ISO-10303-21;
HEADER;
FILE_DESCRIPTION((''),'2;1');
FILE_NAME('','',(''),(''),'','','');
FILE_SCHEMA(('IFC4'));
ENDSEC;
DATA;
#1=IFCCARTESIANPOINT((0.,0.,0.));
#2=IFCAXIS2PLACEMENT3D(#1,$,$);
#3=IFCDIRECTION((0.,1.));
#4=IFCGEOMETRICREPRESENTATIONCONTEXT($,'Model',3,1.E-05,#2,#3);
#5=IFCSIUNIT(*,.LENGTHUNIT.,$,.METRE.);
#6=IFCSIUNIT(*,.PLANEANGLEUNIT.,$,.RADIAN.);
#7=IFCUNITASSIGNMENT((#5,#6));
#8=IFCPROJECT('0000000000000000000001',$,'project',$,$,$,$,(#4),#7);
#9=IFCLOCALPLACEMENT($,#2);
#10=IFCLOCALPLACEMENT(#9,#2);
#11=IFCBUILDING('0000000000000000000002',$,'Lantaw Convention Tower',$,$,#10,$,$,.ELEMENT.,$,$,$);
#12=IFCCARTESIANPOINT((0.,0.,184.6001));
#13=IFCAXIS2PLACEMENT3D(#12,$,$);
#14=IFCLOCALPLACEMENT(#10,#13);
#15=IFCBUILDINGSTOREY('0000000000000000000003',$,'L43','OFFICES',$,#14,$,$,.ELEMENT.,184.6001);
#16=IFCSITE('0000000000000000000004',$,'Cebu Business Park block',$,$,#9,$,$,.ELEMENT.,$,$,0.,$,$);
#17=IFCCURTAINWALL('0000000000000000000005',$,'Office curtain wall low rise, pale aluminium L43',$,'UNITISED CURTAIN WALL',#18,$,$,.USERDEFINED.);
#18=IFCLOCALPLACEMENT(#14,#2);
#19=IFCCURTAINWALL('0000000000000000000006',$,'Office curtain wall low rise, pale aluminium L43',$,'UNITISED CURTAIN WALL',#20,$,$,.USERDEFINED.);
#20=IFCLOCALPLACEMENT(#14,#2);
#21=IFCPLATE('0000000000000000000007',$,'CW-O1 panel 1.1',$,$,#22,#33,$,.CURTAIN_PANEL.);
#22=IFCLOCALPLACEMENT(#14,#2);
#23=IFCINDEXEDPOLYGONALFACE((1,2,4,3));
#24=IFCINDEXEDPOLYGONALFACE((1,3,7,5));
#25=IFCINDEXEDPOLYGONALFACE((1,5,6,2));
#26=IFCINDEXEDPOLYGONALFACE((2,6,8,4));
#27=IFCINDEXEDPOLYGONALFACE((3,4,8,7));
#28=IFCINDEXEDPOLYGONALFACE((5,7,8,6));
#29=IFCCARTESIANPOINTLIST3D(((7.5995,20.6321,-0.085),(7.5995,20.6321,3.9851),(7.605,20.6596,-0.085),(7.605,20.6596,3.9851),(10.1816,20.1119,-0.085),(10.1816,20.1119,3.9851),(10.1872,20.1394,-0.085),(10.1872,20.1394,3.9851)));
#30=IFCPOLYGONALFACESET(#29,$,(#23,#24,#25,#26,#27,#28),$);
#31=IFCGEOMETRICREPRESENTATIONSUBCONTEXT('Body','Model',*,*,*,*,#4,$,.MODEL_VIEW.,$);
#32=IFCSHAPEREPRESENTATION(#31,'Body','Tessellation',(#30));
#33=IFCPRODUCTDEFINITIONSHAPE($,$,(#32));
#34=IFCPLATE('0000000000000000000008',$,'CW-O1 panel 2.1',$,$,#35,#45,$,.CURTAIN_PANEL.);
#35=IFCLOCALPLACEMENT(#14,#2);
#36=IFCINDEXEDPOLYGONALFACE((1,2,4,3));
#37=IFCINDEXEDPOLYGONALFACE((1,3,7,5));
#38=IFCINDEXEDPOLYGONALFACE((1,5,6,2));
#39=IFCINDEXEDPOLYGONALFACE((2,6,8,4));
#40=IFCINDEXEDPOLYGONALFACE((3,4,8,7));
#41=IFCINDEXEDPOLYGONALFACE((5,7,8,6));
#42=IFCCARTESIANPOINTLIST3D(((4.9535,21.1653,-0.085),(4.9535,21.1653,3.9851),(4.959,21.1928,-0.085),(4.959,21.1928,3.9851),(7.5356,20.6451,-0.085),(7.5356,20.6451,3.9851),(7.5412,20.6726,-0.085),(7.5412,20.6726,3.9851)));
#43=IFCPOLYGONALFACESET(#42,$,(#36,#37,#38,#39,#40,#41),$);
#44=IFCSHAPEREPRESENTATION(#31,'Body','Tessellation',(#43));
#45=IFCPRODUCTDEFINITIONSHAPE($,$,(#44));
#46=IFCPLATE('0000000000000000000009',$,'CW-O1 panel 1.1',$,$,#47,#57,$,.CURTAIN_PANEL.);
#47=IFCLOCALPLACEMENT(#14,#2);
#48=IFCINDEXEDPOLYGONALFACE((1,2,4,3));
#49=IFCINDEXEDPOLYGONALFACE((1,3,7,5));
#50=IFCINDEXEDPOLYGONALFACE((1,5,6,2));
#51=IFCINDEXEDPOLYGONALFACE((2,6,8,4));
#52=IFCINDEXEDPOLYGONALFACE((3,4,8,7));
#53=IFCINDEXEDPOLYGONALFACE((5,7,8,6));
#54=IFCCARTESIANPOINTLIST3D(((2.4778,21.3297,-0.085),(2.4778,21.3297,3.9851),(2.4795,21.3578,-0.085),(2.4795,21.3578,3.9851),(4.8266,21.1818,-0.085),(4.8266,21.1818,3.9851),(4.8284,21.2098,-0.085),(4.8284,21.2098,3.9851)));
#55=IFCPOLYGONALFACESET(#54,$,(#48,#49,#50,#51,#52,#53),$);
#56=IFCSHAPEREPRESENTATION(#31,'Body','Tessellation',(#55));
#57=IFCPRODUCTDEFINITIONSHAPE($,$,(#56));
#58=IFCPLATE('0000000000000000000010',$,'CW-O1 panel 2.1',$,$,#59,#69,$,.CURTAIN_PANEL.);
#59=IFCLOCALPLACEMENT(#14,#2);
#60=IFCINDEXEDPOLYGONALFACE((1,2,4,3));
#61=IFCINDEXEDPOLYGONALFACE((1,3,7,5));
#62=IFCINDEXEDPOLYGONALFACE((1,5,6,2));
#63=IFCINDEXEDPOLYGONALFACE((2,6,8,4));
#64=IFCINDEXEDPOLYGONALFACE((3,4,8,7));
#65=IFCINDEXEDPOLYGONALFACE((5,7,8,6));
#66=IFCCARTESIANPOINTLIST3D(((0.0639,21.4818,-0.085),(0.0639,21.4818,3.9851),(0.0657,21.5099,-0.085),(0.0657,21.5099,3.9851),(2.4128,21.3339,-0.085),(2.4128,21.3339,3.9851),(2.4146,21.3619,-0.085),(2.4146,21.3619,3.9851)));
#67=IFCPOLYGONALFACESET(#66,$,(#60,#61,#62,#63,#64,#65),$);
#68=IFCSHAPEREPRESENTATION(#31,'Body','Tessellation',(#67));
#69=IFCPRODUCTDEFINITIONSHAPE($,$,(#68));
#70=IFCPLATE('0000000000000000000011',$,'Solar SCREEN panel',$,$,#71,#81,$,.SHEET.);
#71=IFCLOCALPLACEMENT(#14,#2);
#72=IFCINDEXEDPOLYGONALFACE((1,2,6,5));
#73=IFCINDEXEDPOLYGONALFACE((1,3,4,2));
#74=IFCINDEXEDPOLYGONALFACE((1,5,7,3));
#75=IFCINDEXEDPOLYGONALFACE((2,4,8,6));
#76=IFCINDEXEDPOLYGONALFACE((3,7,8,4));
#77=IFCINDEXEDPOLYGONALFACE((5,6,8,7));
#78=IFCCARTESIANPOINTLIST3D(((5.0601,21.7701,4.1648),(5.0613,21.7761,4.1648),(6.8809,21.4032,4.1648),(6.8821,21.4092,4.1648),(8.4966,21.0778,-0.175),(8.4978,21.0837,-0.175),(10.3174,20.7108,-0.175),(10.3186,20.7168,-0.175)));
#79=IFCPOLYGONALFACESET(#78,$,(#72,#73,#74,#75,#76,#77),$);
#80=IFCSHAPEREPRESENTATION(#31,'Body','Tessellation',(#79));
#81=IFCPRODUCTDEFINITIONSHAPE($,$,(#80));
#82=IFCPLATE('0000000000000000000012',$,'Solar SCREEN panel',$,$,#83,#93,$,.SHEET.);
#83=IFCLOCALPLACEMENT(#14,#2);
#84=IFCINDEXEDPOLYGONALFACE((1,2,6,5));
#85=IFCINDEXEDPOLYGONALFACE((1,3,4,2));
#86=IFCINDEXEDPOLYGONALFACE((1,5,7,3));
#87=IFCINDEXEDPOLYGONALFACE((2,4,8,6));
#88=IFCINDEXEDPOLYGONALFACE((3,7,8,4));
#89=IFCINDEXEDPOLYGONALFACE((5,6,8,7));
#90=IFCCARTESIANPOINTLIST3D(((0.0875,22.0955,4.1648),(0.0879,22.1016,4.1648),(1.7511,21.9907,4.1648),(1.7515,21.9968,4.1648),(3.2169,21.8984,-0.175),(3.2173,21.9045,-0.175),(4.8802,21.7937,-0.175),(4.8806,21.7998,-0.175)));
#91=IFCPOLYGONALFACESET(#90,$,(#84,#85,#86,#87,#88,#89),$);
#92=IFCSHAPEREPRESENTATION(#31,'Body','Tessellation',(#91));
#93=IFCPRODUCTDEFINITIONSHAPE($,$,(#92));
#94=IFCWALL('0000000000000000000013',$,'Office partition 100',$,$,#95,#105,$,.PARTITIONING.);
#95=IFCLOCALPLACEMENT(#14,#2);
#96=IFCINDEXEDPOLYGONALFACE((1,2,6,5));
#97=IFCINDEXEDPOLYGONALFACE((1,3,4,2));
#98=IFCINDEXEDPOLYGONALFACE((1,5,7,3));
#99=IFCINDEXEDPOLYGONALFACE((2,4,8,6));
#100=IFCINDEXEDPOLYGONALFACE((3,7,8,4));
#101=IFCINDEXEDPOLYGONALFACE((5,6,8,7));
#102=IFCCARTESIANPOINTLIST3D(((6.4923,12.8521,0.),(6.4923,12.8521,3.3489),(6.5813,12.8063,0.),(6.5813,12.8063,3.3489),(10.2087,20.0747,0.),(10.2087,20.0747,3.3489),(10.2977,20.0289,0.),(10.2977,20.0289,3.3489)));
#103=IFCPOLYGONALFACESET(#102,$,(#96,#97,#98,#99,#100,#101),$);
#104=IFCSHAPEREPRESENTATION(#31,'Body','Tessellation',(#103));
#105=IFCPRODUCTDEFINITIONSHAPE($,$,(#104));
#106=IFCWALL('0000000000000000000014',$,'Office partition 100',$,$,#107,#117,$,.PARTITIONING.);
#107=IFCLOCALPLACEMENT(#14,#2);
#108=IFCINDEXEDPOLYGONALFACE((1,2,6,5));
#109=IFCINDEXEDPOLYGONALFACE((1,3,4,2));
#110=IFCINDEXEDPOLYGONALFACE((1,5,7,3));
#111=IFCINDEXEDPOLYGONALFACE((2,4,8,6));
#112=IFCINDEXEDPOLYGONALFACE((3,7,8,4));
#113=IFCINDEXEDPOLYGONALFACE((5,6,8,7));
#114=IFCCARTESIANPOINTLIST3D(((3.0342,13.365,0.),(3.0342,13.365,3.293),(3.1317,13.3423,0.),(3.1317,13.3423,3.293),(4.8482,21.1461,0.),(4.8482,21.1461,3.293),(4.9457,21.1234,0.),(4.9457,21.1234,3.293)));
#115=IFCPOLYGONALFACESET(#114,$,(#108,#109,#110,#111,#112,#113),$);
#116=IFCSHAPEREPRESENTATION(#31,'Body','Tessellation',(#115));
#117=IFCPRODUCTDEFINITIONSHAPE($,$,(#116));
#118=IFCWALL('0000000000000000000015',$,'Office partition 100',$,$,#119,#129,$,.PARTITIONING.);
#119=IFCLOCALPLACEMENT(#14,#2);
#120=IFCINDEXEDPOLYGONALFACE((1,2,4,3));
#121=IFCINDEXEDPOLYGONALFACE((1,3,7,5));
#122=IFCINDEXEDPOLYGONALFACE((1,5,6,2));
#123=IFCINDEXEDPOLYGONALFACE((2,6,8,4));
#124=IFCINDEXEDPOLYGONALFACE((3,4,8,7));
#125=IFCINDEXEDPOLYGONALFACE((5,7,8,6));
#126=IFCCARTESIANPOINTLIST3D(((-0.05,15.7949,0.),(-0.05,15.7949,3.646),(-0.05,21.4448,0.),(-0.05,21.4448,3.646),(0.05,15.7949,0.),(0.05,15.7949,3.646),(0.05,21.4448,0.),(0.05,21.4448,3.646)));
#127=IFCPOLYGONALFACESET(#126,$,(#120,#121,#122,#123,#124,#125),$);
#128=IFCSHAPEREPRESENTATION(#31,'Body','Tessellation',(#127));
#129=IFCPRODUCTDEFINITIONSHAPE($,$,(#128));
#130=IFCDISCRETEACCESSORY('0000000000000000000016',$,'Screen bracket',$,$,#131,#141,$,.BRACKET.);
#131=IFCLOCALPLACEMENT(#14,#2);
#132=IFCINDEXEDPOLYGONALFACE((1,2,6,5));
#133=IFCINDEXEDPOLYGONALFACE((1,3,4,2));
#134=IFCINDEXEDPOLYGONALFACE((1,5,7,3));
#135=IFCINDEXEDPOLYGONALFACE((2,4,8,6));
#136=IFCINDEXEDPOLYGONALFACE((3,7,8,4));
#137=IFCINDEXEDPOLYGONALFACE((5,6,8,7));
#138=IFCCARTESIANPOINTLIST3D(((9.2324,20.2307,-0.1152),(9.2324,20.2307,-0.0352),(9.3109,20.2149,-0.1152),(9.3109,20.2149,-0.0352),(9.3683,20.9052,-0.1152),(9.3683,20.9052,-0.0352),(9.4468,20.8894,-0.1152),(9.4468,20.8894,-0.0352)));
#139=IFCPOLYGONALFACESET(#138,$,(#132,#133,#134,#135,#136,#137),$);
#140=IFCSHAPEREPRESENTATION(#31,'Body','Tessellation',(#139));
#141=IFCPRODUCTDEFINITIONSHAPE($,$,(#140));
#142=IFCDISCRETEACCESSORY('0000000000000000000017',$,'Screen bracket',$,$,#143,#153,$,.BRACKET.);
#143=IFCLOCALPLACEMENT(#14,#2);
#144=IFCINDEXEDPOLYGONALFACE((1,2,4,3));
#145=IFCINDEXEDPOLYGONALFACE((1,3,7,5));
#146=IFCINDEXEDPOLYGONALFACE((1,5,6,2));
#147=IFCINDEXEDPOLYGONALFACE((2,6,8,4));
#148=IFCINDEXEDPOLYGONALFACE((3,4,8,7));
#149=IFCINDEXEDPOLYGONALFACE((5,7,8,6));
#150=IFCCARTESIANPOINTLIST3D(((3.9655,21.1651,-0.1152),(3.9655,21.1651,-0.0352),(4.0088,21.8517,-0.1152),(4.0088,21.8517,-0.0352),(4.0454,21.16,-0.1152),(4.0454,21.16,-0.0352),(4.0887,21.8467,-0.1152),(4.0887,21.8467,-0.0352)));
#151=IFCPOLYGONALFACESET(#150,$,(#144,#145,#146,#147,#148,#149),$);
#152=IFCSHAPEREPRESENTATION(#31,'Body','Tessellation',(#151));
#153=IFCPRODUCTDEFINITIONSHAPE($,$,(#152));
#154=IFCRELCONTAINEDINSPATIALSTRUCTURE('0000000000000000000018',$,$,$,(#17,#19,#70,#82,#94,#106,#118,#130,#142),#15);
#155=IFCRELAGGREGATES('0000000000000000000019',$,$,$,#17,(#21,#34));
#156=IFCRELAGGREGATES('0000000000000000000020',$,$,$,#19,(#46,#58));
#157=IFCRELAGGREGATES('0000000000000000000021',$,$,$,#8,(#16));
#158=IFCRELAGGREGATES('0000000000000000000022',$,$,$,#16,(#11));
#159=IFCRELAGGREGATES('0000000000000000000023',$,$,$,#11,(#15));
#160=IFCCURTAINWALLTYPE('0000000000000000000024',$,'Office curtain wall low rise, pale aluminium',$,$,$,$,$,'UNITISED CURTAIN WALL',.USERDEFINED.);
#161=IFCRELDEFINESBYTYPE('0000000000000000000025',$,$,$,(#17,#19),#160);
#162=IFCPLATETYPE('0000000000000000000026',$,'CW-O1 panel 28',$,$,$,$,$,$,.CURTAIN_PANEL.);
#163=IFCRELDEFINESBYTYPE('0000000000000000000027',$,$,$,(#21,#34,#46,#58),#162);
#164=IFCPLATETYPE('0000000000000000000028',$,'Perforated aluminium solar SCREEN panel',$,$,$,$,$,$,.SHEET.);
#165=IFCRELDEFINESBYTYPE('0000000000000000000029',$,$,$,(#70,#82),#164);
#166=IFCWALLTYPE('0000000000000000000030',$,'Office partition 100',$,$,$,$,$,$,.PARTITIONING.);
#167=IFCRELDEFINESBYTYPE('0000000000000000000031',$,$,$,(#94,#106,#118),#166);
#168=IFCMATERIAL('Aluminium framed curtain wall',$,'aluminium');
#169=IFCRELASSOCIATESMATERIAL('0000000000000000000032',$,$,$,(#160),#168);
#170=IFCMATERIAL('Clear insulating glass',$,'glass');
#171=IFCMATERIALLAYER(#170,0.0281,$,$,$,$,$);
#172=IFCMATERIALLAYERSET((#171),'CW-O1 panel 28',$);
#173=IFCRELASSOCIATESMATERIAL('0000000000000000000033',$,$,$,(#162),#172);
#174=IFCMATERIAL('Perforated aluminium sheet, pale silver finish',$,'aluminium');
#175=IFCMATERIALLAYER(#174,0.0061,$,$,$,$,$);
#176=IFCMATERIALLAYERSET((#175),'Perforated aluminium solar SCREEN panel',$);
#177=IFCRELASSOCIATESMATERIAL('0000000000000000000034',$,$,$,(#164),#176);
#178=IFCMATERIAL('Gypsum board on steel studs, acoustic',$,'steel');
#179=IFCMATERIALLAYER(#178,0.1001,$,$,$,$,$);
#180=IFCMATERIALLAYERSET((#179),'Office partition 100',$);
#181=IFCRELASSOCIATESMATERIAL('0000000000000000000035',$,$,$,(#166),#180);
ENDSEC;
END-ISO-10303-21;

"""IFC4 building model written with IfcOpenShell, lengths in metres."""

from ifc_helpers import new_model, si_unit, direction, frame, frame_2d, origin, origin_2d, place, context, subcontext, project, spatial, polyline, rectangle, outline, extrude, material, layer, layer_set, type_object, element, aggregate, save


model = new_model("IFC4")

# Units and contexts
model_context = context("Model", 3, precision=1e-05, world=origin(), true_north=direction((0.0, 1.0)))
body_context = subcontext(model_context, "Body", "Model", "MODEL_VIEW")
ifc_project = project(units=[si_unit("LENGTHUNIT", "METRE"), si_unit("PLANEANGLEUNIT", "RADIAN")], contexts=[model_context])

# Site, building, storey
site_placement = place(None, origin())
site = spatial("IfcSite", under=ifc_project, at=site_placement, Name="Cebu Business Park block", CompositionType="ELEMENT", RefElevation=0.0)
building_placement = place(site_placement, origin())
building = spatial("IfcBuilding", under=site, at=building_placement, Name="Lantaw Convention Tower", CompositionType="ELEMENT")
storey_placement = place(building_placement, frame((0.0, 0.0, 184.6001)))
storey = spatial("IfcBuildingStorey", under=building, at=storey_placement, Name="L43", Description="OFFICES", CompositionType="ELEMENT", Elevation=184.6001)

# Shared definitions
ifc_material_1 = material(Name="Aluminium framed curtain wall", Category="aluminium")
curtain_wall_type = type_object("IfcCurtainWallType", Name="Office curtain wall low rise, pale aluminium", ElementType="UNITISED CURTAIN WALL", PredefinedType="USERDEFINED", material=ifc_material_1)

# Curtain walls
curtain_wall_1_placement = place(storey_placement, origin())
curtain_wall_1 = element("IfcCurtainWall", 1, at=curtain_wall_1_placement, inside=storey, type_object=curtain_wall_type, Name="Office curtain wall low rise, pale aluminium L43", ObjectType="UNITISED CURTAIN WALL", PredefinedType="USERDEFINED")
curtain_wall_2_placement = place(storey_placement, origin())
curtain_wall_2 = element("IfcCurtainWall", 2, at=curtain_wall_2_placement, inside=storey, type_object=curtain_wall_type, Name="Office curtain wall low rise, pale aluminium L43", ObjectType="UNITISED CURTAIN WALL", PredefinedType="USERDEFINED")

# Plates
ifc_material_2 = material(Name="Clear insulating glass", Category="glass")
ifc_layer_1 = layer(ifc_material_2, 0.0281)
ifc_layer_set_1 = layer_set([ifc_layer_1], Name="CW-O1 panel 28")
plate_type_1 = type_object("IfcPlateType", Name="CW-O1 panel 28", PredefinedType="CURTAIN_PANEL", material=ifc_layer_set_1)
plate_1_placement = place(storey_placement, frame((8.8933, 20.3857, -0.085), z_axis=(0.0, 0.0, 1.0), x_axis=(-0.980302, 0.197507, 0.0)))
plate_1 = element("IfcPlate", 3, at=plate_1_placement, type_object=plate_type_1, Name="CW-O1 panel 1.1", PredefinedType="CURTAIN_PANEL", context=body_context, shape_type="SweptSolid", body=[
    extrude(rectangle(XDim=2.634, YDim=0.0281, at=origin_2d()), origin(), (0.0, 0.0, 1.0), 4.0701),
])
plate_2_placement = place(storey_placement, frame((6.2473, 20.9189, -0.085), z_axis=(0.0, 0.0, 1.0), x_axis=(-0.980302, 0.197507, 0.0)))
plate_2 = element("IfcPlate", 4, at=plate_2_placement, type_object=plate_type_1, Name="CW-O1 panel 2.1", PredefinedType="CURTAIN_PANEL", context=body_context, shape_type="SweptSolid", body=[
    extrude(rectangle(XDim=2.634, YDim=0.0281, at=origin_2d()), origin(), (0.0, 0.0, 1.0), 4.0701),
])
aggregate(curtain_wall_1, [plate_1, plate_2])
plate_3_placement = place(storey_placement, frame((3.6531, 21.2698, -0.085), z_axis=(0.0, 0.0, 1.0), x_axis=(-0.998022, 0.062865, 0.0)))
plate_3 = element("IfcPlate", 5, at=plate_3_placement, type_object=plate_type_1, Name="CW-O1 panel 1.1", PredefinedType="CURTAIN_PANEL", context=body_context, shape_type="SweptSolid", body=[
    extrude(rectangle(XDim=2.3535, YDim=0.0281, at=origin_2d()), origin(), (0.0, 0.0, 1.0), 4.0701),
])
plate_4_placement = place(storey_placement, frame((1.2393, 21.4219, -0.085), z_axis=(0.0, 0.0, 1.0), x_axis=(-0.998022, 0.062865, 0.0)))
plate_4 = element("IfcPlate", 6, at=plate_4_placement, type_object=plate_type_1, Name="CW-O1 panel 2.1", PredefinedType="CURTAIN_PANEL", context=body_context, shape_type="SweptSolid", body=[
    extrude(rectangle(XDim=2.3535, YDim=0.0281, at=origin_2d()), origin(), (0.0, 0.0, 1.0), 4.0701),
])
aggregate(curtain_wall_2, [plate_3, plate_4])

# Plates
ifc_material_3 = material(Name="Perforated aluminium sheet, pale silver finish", Category="aluminium")
ifc_layer_2 = layer(ifc_material_3, 0.0061)
ifc_layer_set_2 = layer_set([ifc_layer_2], Name="Perforated aluminium solar SCREEN panel")
plate_type_2 = type_object("IfcPlateType", Name="Perforated aluminium solar SCREEN panel", PredefinedType="SHEET", material=ifc_layer_set_2)
plate_5_placement = place(storey_placement, frame((10.3186, 20.7168, -0.175), z_axis=(0.197557, 0.980291, 0.000039), x_axis=(-0.980291, 0.197557, 0.0)))
element("IfcPlate", 7, at=plate_5_placement, inside=storey, type_object=plate_type_2, Name="Solar SCREEN panel", PredefinedType="SHEET", context=body_context, shape_type="SweptSolid", body=[
    extrude(outline(polyline([(0.0, 0.0), (1.8574, 0.0), (5.363, 4.3398), (3.5056, 4.3398), (0.0, 0.0)])), origin(), (0.0, 0.0, -1.0), 0.0061),
])
plate_6_placement = place(storey_placement, frame((4.8806, 21.7998, -0.175), z_axis=(0.062839, 0.998024, 0.000002), x_axis=(-0.998024, 0.062839, 0.0)))
element("IfcPlate", 8, at=plate_6_placement, inside=storey, type_object=plate_type_2, Name="Solar SCREEN panel", PredefinedType="SHEET", context=body_context, shape_type="SweptSolid", body=[
    extrude(outline(polyline([(0.0, 0.0), (1.6666, 0.0), (4.8022, 4.3398), (3.1353, 4.3398), (0.0, 0.0)])), origin(), (0.0, 0.0, -1.0), 0.0061),
])

# Walls
ifc_material_4 = material(Name="Gypsum board on steel studs, acoustic", Category="steel")
ifc_layer_3 = layer(ifc_material_4, 0.1001)
ifc_layer_set_3 = layer_set([ifc_layer_3], Name="Office partition 100")
wall_type = type_object("IfcWallType", Name="Office partition 100", PredefinedType="PARTITIONING", material=ifc_layer_set_3)
wall_1_placement = place(storey_placement, frame((10.2532, 20.0518, 0.0), z_axis=(0.0, 0.0, 1.0), x_axis=(-0.457535, -0.889191, 0.0)))
element("IfcWall", 9, at=wall_1_placement, inside=storey, type_object=wall_type, Name="Office partition 100", PredefinedType="PARTITIONING", context=body_context, shape_type="SweptSolid", body=[
    extrude(rectangle(XDim=8.1226, YDim=0.1001, at=frame_2d((4.0613, 0.0))), origin(), (0.0, 0.0, 1.0), 3.3489),
])
wall_2_placement = place(storey_placement, frame((4.897, 21.1348, 0.0), z_axis=(0.0, 0.0, 1.0), x_axis=(-0.227039, -0.973886, 0.0)))
element("IfcWall", 10, at=wall_2_placement, inside=storey, type_object=wall_type, Name="Office partition 100", PredefinedType="PARTITIONING", context=body_context, shape_type="SweptSolid", body=[
    extrude(rectangle(XDim=7.9897, YDim=0.1001, at=frame_2d((3.9949, 0.0))), origin(), (0.0, 0.0, 1.0), 3.293),
])
wall_3_placement = place(storey_placement, frame((0.0, 21.4448, 0.0), z_axis=(0.0, 0.0, 1.0), x_axis=(0.0, -1.0, 0.0)))
element("IfcWall", 11, at=wall_3_placement, inside=storey, type_object=wall_type, Name="Office partition 100", PredefinedType="PARTITIONING", context=body_context, shape_type="SweptSolid", body=[
    extrude(rectangle(XDim=5.6499, YDim=0.1001, at=frame_2d((2.825, 0.0))), origin(), (0.0, 0.0, 1.0), 3.646),
])

# Discrete accessories
for number, where, z_axis, x_axis, name in (
    (12, (9.3396, 20.5601, -0.1152), (0.0, 0.0, 1.0), (-0.980302, 0.197507, 0.0), "Screen bracket"),
    (13, (4.0271, 21.5059, -0.1152), (0.0, 0.0, 1.0), (-0.998022, 0.062865, 0.0), "Screen bracket"),
):
    element("IfcDiscreteAccessory", number, at=place(storey_placement, frame(where, z_axis=z_axis, x_axis=x_axis)), inside=storey, Name=name, PredefinedType="BRACKET", context=body_context, shape_type="SweptSolid", body=[
        extrude(rectangle(XDim=0.0801, YDim=0.688, at=origin_2d()), origin(), (0.0, 0.0, 1.0), 0.0801),
    ])

save(model, "model.ifc")
